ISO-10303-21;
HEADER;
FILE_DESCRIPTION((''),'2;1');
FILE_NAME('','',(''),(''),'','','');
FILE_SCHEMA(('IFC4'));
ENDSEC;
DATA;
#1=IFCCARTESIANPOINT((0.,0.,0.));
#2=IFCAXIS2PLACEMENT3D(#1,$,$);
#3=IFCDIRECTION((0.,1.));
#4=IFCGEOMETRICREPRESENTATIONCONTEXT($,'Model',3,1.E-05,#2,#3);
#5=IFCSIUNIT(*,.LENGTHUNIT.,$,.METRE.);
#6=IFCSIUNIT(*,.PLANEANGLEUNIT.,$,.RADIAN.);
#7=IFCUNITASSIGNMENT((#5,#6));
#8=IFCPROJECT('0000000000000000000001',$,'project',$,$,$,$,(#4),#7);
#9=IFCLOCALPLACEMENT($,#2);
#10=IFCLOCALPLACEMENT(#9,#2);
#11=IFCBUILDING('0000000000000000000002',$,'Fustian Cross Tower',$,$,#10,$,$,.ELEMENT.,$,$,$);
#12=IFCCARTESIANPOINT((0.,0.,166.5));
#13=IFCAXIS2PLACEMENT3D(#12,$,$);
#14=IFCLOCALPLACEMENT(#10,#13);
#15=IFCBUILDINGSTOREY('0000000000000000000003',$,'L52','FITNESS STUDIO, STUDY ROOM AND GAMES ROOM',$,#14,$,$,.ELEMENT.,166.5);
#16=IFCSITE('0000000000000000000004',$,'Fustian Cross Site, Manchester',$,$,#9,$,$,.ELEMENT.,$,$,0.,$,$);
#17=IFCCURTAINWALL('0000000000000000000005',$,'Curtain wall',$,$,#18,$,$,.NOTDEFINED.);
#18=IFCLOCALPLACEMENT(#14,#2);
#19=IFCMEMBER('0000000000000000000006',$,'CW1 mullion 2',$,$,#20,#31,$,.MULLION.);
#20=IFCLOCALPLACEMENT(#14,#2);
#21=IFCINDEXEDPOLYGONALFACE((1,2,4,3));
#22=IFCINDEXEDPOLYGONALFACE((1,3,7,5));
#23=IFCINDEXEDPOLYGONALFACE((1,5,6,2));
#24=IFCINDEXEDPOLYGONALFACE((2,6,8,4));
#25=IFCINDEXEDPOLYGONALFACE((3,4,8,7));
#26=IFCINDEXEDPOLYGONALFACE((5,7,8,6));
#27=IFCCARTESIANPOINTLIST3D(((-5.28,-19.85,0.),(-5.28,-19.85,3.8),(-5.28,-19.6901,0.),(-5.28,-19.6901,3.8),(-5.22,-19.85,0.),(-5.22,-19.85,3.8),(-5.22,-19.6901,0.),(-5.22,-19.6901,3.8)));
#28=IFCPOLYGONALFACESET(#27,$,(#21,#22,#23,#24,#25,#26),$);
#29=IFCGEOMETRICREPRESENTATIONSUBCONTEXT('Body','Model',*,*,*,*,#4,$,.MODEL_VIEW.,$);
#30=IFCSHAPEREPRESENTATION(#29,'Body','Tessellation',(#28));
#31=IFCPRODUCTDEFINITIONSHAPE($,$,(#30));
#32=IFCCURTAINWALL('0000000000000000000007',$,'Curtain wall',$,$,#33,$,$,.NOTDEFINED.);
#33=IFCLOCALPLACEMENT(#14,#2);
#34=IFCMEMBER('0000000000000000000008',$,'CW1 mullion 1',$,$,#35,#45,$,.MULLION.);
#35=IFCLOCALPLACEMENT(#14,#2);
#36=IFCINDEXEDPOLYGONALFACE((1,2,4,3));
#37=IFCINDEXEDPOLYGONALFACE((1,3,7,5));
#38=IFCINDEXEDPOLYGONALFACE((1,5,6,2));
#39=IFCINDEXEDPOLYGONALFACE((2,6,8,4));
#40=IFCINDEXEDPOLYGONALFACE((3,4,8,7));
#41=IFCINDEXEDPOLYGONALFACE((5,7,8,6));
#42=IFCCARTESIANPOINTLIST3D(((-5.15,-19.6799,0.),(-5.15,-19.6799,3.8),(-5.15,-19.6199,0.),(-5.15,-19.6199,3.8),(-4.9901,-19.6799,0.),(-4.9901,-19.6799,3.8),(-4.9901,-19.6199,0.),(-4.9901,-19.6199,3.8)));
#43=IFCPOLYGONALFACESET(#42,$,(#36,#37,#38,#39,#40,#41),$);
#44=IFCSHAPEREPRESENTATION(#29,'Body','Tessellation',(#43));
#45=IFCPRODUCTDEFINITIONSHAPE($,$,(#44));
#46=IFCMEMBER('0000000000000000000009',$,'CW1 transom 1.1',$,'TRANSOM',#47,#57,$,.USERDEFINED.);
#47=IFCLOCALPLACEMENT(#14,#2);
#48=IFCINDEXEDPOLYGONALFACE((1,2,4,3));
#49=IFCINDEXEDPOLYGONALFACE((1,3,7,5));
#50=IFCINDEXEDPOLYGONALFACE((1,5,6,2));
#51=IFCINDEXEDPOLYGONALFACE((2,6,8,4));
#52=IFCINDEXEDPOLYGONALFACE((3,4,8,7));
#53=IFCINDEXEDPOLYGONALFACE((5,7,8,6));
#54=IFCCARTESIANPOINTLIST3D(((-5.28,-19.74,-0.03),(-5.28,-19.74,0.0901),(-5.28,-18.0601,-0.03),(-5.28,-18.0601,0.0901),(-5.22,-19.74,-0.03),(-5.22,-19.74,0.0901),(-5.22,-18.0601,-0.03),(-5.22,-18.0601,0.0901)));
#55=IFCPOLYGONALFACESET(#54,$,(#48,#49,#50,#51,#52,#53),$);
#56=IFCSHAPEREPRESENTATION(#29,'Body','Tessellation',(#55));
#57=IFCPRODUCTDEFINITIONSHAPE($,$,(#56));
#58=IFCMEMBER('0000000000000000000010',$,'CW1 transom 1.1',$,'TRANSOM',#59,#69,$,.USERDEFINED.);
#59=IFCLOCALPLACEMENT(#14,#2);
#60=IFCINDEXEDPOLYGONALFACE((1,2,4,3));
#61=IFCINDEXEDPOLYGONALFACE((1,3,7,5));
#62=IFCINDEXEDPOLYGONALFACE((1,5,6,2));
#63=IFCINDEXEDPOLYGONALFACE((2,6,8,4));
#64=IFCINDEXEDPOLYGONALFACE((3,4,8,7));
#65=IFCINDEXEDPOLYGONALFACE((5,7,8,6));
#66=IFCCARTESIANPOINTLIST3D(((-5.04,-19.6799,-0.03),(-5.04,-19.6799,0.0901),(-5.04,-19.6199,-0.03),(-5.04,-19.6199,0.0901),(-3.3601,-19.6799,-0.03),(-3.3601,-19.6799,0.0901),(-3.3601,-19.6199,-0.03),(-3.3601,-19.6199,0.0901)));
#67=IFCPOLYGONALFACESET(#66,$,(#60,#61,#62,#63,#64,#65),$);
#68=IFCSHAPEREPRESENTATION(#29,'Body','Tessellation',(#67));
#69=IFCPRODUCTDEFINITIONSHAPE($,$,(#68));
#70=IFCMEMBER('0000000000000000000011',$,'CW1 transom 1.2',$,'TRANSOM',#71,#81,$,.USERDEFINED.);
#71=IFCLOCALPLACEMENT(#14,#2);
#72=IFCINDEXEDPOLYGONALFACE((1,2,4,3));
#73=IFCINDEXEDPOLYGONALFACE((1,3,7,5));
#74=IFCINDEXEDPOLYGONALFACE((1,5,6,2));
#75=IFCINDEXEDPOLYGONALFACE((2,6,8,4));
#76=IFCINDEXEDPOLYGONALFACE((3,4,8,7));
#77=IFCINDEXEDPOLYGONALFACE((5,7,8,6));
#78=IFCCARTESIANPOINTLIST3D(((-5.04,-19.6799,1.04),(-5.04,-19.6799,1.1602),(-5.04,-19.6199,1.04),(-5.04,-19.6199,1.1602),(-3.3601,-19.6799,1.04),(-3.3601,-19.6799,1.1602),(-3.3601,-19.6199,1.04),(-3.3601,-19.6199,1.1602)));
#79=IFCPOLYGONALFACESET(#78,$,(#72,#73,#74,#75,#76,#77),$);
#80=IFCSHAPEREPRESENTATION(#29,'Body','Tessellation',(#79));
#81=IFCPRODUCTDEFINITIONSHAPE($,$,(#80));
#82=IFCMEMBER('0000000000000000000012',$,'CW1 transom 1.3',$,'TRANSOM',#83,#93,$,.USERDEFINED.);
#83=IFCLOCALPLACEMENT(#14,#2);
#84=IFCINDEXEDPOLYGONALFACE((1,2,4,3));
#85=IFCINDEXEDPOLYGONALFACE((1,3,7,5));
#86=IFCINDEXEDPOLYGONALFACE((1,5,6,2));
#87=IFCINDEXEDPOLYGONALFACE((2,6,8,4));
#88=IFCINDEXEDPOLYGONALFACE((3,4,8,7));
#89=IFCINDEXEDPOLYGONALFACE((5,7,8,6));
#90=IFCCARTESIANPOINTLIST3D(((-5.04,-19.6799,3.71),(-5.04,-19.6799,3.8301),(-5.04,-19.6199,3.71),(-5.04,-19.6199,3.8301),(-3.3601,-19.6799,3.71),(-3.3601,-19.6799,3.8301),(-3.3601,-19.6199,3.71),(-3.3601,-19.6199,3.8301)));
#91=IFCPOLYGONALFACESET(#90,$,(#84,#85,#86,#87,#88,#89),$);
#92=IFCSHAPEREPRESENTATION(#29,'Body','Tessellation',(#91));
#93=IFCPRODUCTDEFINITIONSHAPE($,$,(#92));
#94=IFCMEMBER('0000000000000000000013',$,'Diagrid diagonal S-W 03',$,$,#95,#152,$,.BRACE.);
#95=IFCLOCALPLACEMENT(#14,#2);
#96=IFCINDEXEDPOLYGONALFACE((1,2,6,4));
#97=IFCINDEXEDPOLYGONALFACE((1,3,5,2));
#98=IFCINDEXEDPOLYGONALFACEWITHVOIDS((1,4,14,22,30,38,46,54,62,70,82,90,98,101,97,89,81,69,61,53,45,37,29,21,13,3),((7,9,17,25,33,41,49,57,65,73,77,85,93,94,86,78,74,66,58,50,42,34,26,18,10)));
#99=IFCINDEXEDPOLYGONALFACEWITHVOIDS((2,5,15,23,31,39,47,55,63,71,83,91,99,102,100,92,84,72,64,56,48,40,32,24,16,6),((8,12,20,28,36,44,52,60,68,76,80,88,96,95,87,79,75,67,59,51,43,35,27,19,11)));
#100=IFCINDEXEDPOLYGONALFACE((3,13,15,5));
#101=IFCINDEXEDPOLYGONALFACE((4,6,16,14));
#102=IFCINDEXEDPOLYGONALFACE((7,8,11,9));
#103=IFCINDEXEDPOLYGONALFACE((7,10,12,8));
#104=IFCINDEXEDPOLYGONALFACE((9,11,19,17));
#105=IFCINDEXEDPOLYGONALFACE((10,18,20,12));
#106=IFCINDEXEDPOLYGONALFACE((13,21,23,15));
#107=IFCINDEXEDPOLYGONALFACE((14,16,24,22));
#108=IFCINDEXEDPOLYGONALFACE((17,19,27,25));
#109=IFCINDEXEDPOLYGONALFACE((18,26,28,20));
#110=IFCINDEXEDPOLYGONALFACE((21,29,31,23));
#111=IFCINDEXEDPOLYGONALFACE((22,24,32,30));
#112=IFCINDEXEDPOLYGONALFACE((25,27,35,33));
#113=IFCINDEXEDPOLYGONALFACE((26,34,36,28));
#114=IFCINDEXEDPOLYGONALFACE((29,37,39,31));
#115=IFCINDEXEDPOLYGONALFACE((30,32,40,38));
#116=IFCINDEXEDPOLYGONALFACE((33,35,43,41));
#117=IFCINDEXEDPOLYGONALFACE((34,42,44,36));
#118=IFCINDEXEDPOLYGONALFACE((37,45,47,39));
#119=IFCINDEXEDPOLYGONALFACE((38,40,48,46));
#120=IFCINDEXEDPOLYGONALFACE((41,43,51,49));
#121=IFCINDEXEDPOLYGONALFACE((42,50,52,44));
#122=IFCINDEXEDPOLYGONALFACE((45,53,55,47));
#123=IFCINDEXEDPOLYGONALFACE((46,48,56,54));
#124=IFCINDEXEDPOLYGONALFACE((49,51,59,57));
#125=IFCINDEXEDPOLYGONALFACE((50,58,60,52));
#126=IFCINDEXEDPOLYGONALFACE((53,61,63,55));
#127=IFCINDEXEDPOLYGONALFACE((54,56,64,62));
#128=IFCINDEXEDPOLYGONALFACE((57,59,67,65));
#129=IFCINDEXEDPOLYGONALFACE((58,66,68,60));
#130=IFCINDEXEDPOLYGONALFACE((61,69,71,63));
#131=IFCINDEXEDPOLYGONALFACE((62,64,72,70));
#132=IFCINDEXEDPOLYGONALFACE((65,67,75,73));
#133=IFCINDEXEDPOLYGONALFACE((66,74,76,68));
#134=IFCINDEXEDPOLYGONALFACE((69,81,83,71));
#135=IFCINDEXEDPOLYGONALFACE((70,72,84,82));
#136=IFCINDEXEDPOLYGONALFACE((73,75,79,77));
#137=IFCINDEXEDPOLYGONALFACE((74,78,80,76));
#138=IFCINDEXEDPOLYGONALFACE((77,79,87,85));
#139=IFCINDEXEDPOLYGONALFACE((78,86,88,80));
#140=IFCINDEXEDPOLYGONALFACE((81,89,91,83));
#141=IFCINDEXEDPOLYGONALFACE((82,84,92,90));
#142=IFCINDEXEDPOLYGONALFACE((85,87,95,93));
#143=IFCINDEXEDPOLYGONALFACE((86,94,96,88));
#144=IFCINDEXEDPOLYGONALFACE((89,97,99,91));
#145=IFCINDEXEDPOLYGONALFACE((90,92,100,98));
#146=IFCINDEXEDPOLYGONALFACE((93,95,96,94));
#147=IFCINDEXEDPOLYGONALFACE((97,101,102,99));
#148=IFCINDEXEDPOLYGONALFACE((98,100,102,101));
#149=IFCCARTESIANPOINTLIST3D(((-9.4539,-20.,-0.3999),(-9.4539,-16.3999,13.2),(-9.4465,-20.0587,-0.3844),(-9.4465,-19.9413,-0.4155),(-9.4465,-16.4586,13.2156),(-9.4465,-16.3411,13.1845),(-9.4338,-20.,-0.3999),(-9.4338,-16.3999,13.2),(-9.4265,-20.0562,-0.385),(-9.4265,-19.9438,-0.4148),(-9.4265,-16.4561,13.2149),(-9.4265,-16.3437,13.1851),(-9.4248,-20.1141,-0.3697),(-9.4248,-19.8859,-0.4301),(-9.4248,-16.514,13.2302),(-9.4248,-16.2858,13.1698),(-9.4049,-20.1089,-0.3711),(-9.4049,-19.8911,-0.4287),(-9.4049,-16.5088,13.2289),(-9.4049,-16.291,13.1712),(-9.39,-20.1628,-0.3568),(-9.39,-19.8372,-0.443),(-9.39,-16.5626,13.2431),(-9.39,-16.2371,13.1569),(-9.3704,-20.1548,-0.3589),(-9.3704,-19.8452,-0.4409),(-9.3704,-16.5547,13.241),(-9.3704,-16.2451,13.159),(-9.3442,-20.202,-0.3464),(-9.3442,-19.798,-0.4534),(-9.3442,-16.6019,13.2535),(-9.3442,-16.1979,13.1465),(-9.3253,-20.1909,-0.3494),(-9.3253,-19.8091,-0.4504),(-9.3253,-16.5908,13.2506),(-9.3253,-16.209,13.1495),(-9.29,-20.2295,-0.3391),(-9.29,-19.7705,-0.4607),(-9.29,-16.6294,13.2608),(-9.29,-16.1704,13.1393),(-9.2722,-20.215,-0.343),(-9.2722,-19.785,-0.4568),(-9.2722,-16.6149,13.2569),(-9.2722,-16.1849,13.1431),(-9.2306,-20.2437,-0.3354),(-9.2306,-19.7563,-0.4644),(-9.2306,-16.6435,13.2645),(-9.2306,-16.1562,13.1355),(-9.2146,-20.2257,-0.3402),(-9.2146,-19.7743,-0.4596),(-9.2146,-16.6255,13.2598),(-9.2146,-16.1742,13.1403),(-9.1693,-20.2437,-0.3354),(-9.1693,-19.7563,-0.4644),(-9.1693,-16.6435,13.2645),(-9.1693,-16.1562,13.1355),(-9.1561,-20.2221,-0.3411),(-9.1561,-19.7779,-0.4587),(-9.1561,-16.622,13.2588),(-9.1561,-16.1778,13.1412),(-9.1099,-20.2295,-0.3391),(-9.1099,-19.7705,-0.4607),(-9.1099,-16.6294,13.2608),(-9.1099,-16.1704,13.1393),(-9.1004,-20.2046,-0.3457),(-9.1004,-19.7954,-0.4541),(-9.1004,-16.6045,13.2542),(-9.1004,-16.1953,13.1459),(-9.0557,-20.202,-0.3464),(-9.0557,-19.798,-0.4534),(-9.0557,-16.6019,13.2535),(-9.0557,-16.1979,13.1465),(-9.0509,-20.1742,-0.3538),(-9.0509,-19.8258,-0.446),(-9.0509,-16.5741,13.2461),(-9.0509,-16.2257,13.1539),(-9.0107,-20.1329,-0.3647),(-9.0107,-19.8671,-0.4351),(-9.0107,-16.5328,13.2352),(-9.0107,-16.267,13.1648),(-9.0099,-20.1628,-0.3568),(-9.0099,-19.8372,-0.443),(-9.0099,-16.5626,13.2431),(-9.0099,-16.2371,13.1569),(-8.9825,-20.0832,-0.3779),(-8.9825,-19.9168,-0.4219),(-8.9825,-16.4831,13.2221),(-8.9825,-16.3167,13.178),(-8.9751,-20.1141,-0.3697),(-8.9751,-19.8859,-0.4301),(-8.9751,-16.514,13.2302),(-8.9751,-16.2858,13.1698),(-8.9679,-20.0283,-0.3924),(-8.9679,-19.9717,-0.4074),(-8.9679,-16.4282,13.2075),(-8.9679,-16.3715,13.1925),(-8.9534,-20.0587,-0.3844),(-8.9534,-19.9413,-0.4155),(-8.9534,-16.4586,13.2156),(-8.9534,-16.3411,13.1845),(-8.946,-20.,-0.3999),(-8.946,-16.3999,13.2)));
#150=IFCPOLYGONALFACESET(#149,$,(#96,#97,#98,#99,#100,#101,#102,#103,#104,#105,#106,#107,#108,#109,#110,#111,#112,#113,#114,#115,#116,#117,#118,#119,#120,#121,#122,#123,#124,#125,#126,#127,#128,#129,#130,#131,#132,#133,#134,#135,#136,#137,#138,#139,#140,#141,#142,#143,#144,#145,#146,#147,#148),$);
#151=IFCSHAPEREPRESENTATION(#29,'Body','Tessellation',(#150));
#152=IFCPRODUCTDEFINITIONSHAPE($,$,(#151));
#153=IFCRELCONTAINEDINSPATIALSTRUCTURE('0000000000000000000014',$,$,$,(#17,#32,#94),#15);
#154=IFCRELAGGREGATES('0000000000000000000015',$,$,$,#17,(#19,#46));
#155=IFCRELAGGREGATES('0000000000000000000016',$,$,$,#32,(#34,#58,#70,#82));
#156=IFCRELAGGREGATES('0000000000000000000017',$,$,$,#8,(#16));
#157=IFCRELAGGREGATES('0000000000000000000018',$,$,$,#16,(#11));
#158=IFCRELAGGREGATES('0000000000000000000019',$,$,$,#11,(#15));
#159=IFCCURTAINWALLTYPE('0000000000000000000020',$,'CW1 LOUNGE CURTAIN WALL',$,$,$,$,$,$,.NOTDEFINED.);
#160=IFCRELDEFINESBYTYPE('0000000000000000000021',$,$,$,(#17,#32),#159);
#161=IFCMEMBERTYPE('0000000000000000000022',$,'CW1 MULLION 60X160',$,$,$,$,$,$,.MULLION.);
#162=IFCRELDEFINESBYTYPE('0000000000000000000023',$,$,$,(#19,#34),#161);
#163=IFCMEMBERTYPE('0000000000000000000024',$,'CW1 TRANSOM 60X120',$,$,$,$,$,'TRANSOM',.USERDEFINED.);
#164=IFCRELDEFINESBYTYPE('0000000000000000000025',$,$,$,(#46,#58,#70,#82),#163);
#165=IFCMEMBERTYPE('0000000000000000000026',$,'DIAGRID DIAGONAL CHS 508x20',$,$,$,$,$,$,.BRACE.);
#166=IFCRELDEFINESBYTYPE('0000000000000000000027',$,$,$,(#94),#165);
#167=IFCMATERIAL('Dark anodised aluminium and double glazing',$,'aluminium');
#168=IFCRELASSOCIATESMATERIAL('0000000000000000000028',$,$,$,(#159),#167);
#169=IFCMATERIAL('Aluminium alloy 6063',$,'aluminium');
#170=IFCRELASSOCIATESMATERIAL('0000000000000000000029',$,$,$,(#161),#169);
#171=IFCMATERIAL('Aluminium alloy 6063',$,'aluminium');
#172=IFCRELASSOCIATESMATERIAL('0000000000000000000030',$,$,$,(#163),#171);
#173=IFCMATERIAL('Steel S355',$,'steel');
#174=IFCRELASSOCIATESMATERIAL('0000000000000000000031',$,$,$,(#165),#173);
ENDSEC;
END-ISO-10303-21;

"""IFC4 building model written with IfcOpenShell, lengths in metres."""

from ifc_helpers import new_model, si_unit, direction, frame, origin, origin_2d, place, context, subcontext, project, spatial, rectangle, hollow_circle, extrude, material, material_profile, profile_set, type_object, element, aggregate, save


model = new_model("IFC4")

# Units and contexts
model_context = context("Model", 3, precision=1e-05, world=origin(), true_north=direction((0.0, 1.0)))
body_context = subcontext(model_context, "Body", "Model", "MODEL_VIEW")
ifc_project = project(units=[si_unit("LENGTHUNIT", "METRE"), si_unit("PLANEANGLEUNIT", "RADIAN")], contexts=[model_context])

# Site, building, storey
site_placement = place(None, origin())
site = spatial("IfcSite", under=ifc_project, at=site_placement, Name="Fustian Cross Site, Manchester", CompositionType="ELEMENT", RefElevation=0.0)
building_placement = place(site_placement, origin())
building = spatial("IfcBuilding", under=site, at=building_placement, Name="Fustian Cross Tower", CompositionType="ELEMENT")
storey_placement = place(building_placement, frame((0.0, 0.0, 166.5)))
storey = spatial("IfcBuildingStorey", under=building, at=storey_placement, Name="L52", Description="FITNESS STUDIO, STUDY ROOM AND GAMES ROOM", CompositionType="ELEMENT", Elevation=166.5)

# Curtain walls, members
ifc_material_1 = material(Name="Dark anodised aluminium and double glazing", Category="aluminium")
curtain_wall_type = type_object("IfcCurtainWallType", Name="CW1 LOUNGE CURTAIN WALL", PredefinedType="NOTDEFINED", material=ifc_material_1)
curtain_wall_1_placement = place(storey_placement, origin())
curtain_wall_1 = element("IfcCurtainWall", 1, at=curtain_wall_1_placement, inside=storey, type_object=curtain_wall_type, Name="Curtain wall", PredefinedType="NOTDEFINED")
ifc_material_2 = material(Name="Aluminium alloy 6063", Category="aluminium")
ifc_material_profile_1 = material_profile(ifc_material_2, rectangle(XDim=0.0601, YDim=0.1599, at=origin_2d()), Name="CW1 MULLION 60X160")
ifc_profile_set_1 = profile_set([ifc_material_profile_1], Name="Aluminium alloy 6063")
member_type_1 = type_object("IfcMemberType", Name="CW1 MULLION 60X160", PredefinedType="MULLION", material=ifc_profile_set_1)
member_1_placement = place(storey_placement, frame((-5.25, -19.77, 0.0), z_axis=(0.0, 0.0, 1.0), x_axis=(1.0, 0.0, 0.0)))
member_1 = element("IfcMember", 2, at=member_1_placement, type_object=member_type_1, Name="CW1 mullion 2", PredefinedType="MULLION", context=body_context, shape_type="SweptSolid", body=[
    extrude(rectangle(XDim=0.0601, YDim=0.1599, at=origin_2d()), origin(), (0.0, 0.0, 1.0), 3.8),
])
curtain_wall_2_placement = place(storey_placement, origin())
curtain_wall_2 = element("IfcCurtainWall", 3, at=curtain_wall_2_placement, inside=storey, type_object=curtain_wall_type, Name="Curtain wall", PredefinedType="NOTDEFINED")
member_2_placement = place(storey_placement, frame((-5.0701, -19.6499, 0.0), z_axis=(0.0, 0.0, 1.0), x_axis=(0.0, 1.0, 0.0)))
member_2 = element("IfcMember", 4, at=member_2_placement, type_object=member_type_1, Name="CW1 mullion 1", PredefinedType="MULLION", context=body_context, shape_type="SweptSolid", body=[
    extrude(rectangle(XDim=0.0601, YDim=0.1599, at=origin_2d()), origin(), (0.0, 0.0, 1.0), 3.8),
])

# Members
ifc_material_3 = material(Name="Aluminium alloy 6063", Category="aluminium")
ifc_material_profile_2 = material_profile(ifc_material_3, rectangle(XDim=0.0601, YDim=0.1201, at=origin_2d()), Name="CW1 TRANSOM 60X120")
ifc_profile_set_2 = profile_set([ifc_material_profile_2], Name="Aluminium alloy 6063")
member_type_2 = type_object("IfcMemberType", Name="CW1 TRANSOM 60X120", ElementType="TRANSOM", PredefinedType="USERDEFINED", material=ifc_profile_set_2)
member_3_placement = place(storey_placement, frame((-5.25, -18.0601, 0.03), z_axis=(0.0, -1.0, 0.0), x_axis=(1.0, 0.0, 0.0)))
member_3 = element("IfcMember", 5, at=member_3_placement, type_object=member_type_2, Name="CW1 transom 1.1", ObjectType="TRANSOM", PredefinedType="USERDEFINED", context=body_context, shape_type="SweptSolid", body=[
    extrude(rectangle(XDim=0.0601, YDim=0.1201, at=origin_2d()), origin(), (0.0, 0.0, 1.0), 1.6799),
])
member_4_placement = place(storey_placement, frame((-5.04, -19.6499, 0.03), z_axis=(1.0, 0.0, 0.0), x_axis=(0.0, 1.0, 0.0)))
member_4 = element("IfcMember", 6, at=member_4_placement, type_object=member_type_2, Name="CW1 transom 1.1", ObjectType="TRANSOM", PredefinedType="USERDEFINED", context=body_context, shape_type="SweptSolid", body=[
    extrude(rectangle(XDim=0.0601, YDim=0.1201, at=origin_2d()), origin(), (0.0, 0.0, 1.0), 1.6799),
])
member_5_placement = place(storey_placement, frame((-5.04, -19.6499, 1.1001), z_axis=(1.0, 0.0, 0.0), x_axis=(0.0, 1.0, 0.0)))
member_5 = element("IfcMember", 7, at=member_5_placement, type_object=member_type_2, Name="CW1 transom 1.2", ObjectType="TRANSOM", PredefinedType="USERDEFINED", context=body_context, shape_type="SweptSolid", body=[
    extrude(rectangle(XDim=0.0601, YDim=0.1201, at=origin_2d()), origin(), (0.0, 0.0, 1.0), 1.6799),
])
member_6_placement = place(storey_placement, frame((-5.04, -19.6499, 3.77), z_axis=(1.0, 0.0, 0.0), x_axis=(0.0, 1.0, 0.0)))
member_6 = element("IfcMember", 8, at=member_6_placement, type_object=member_type_2, Name="CW1 transom 1.3", ObjectType="TRANSOM", PredefinedType="USERDEFINED", context=body_context, shape_type="SweptSolid", body=[
    extrude(rectangle(XDim=0.0601, YDim=0.1201, at=origin_2d()), origin(), (0.0, 0.0, 1.0), 1.6799),
])

# Member
ifc_material_4 = material(Name="Steel S355", Category="steel")
ifc_material_profile_3 = material_profile(ifc_material_4, hollow_circle(Radius=0.2539, WallThickness=0.02, at=origin_2d()), Name="CHS 508x20")
ifc_profile_set_3 = profile_set([ifc_material_profile_3], Name="Steel S355")
member_type_3 = type_object("IfcMemberType", Name="DIAGRID DIAGONAL CHS 508x20", PredefinedType="BRACE", material=ifc_profile_set_3)
member_7_placement = place(storey_placement, frame((-9.2, -20.0, -0.3999), z_axis=(0.0, 0.255902, 0.966703), x_axis=(-1.0, 0.0, 0.0)))
element("IfcMember", 9, at=member_7_placement, inside=storey, type_object=member_type_3, Name="Diagrid diagonal S-W 03", PredefinedType="BRACE", context=body_context, shape_type="SweptSolid", body=[
    extrude(hollow_circle(Radius=0.2539, WallThickness=0.02, at=origin_2d()), origin(), (0.0, 0.0, 1.0), 14.0684),
])

aggregate(curtain_wall_1, [member_1, member_3])
aggregate(curtain_wall_2, [member_2, member_4, member_5, member_6])

save(model, "model.ifc")
